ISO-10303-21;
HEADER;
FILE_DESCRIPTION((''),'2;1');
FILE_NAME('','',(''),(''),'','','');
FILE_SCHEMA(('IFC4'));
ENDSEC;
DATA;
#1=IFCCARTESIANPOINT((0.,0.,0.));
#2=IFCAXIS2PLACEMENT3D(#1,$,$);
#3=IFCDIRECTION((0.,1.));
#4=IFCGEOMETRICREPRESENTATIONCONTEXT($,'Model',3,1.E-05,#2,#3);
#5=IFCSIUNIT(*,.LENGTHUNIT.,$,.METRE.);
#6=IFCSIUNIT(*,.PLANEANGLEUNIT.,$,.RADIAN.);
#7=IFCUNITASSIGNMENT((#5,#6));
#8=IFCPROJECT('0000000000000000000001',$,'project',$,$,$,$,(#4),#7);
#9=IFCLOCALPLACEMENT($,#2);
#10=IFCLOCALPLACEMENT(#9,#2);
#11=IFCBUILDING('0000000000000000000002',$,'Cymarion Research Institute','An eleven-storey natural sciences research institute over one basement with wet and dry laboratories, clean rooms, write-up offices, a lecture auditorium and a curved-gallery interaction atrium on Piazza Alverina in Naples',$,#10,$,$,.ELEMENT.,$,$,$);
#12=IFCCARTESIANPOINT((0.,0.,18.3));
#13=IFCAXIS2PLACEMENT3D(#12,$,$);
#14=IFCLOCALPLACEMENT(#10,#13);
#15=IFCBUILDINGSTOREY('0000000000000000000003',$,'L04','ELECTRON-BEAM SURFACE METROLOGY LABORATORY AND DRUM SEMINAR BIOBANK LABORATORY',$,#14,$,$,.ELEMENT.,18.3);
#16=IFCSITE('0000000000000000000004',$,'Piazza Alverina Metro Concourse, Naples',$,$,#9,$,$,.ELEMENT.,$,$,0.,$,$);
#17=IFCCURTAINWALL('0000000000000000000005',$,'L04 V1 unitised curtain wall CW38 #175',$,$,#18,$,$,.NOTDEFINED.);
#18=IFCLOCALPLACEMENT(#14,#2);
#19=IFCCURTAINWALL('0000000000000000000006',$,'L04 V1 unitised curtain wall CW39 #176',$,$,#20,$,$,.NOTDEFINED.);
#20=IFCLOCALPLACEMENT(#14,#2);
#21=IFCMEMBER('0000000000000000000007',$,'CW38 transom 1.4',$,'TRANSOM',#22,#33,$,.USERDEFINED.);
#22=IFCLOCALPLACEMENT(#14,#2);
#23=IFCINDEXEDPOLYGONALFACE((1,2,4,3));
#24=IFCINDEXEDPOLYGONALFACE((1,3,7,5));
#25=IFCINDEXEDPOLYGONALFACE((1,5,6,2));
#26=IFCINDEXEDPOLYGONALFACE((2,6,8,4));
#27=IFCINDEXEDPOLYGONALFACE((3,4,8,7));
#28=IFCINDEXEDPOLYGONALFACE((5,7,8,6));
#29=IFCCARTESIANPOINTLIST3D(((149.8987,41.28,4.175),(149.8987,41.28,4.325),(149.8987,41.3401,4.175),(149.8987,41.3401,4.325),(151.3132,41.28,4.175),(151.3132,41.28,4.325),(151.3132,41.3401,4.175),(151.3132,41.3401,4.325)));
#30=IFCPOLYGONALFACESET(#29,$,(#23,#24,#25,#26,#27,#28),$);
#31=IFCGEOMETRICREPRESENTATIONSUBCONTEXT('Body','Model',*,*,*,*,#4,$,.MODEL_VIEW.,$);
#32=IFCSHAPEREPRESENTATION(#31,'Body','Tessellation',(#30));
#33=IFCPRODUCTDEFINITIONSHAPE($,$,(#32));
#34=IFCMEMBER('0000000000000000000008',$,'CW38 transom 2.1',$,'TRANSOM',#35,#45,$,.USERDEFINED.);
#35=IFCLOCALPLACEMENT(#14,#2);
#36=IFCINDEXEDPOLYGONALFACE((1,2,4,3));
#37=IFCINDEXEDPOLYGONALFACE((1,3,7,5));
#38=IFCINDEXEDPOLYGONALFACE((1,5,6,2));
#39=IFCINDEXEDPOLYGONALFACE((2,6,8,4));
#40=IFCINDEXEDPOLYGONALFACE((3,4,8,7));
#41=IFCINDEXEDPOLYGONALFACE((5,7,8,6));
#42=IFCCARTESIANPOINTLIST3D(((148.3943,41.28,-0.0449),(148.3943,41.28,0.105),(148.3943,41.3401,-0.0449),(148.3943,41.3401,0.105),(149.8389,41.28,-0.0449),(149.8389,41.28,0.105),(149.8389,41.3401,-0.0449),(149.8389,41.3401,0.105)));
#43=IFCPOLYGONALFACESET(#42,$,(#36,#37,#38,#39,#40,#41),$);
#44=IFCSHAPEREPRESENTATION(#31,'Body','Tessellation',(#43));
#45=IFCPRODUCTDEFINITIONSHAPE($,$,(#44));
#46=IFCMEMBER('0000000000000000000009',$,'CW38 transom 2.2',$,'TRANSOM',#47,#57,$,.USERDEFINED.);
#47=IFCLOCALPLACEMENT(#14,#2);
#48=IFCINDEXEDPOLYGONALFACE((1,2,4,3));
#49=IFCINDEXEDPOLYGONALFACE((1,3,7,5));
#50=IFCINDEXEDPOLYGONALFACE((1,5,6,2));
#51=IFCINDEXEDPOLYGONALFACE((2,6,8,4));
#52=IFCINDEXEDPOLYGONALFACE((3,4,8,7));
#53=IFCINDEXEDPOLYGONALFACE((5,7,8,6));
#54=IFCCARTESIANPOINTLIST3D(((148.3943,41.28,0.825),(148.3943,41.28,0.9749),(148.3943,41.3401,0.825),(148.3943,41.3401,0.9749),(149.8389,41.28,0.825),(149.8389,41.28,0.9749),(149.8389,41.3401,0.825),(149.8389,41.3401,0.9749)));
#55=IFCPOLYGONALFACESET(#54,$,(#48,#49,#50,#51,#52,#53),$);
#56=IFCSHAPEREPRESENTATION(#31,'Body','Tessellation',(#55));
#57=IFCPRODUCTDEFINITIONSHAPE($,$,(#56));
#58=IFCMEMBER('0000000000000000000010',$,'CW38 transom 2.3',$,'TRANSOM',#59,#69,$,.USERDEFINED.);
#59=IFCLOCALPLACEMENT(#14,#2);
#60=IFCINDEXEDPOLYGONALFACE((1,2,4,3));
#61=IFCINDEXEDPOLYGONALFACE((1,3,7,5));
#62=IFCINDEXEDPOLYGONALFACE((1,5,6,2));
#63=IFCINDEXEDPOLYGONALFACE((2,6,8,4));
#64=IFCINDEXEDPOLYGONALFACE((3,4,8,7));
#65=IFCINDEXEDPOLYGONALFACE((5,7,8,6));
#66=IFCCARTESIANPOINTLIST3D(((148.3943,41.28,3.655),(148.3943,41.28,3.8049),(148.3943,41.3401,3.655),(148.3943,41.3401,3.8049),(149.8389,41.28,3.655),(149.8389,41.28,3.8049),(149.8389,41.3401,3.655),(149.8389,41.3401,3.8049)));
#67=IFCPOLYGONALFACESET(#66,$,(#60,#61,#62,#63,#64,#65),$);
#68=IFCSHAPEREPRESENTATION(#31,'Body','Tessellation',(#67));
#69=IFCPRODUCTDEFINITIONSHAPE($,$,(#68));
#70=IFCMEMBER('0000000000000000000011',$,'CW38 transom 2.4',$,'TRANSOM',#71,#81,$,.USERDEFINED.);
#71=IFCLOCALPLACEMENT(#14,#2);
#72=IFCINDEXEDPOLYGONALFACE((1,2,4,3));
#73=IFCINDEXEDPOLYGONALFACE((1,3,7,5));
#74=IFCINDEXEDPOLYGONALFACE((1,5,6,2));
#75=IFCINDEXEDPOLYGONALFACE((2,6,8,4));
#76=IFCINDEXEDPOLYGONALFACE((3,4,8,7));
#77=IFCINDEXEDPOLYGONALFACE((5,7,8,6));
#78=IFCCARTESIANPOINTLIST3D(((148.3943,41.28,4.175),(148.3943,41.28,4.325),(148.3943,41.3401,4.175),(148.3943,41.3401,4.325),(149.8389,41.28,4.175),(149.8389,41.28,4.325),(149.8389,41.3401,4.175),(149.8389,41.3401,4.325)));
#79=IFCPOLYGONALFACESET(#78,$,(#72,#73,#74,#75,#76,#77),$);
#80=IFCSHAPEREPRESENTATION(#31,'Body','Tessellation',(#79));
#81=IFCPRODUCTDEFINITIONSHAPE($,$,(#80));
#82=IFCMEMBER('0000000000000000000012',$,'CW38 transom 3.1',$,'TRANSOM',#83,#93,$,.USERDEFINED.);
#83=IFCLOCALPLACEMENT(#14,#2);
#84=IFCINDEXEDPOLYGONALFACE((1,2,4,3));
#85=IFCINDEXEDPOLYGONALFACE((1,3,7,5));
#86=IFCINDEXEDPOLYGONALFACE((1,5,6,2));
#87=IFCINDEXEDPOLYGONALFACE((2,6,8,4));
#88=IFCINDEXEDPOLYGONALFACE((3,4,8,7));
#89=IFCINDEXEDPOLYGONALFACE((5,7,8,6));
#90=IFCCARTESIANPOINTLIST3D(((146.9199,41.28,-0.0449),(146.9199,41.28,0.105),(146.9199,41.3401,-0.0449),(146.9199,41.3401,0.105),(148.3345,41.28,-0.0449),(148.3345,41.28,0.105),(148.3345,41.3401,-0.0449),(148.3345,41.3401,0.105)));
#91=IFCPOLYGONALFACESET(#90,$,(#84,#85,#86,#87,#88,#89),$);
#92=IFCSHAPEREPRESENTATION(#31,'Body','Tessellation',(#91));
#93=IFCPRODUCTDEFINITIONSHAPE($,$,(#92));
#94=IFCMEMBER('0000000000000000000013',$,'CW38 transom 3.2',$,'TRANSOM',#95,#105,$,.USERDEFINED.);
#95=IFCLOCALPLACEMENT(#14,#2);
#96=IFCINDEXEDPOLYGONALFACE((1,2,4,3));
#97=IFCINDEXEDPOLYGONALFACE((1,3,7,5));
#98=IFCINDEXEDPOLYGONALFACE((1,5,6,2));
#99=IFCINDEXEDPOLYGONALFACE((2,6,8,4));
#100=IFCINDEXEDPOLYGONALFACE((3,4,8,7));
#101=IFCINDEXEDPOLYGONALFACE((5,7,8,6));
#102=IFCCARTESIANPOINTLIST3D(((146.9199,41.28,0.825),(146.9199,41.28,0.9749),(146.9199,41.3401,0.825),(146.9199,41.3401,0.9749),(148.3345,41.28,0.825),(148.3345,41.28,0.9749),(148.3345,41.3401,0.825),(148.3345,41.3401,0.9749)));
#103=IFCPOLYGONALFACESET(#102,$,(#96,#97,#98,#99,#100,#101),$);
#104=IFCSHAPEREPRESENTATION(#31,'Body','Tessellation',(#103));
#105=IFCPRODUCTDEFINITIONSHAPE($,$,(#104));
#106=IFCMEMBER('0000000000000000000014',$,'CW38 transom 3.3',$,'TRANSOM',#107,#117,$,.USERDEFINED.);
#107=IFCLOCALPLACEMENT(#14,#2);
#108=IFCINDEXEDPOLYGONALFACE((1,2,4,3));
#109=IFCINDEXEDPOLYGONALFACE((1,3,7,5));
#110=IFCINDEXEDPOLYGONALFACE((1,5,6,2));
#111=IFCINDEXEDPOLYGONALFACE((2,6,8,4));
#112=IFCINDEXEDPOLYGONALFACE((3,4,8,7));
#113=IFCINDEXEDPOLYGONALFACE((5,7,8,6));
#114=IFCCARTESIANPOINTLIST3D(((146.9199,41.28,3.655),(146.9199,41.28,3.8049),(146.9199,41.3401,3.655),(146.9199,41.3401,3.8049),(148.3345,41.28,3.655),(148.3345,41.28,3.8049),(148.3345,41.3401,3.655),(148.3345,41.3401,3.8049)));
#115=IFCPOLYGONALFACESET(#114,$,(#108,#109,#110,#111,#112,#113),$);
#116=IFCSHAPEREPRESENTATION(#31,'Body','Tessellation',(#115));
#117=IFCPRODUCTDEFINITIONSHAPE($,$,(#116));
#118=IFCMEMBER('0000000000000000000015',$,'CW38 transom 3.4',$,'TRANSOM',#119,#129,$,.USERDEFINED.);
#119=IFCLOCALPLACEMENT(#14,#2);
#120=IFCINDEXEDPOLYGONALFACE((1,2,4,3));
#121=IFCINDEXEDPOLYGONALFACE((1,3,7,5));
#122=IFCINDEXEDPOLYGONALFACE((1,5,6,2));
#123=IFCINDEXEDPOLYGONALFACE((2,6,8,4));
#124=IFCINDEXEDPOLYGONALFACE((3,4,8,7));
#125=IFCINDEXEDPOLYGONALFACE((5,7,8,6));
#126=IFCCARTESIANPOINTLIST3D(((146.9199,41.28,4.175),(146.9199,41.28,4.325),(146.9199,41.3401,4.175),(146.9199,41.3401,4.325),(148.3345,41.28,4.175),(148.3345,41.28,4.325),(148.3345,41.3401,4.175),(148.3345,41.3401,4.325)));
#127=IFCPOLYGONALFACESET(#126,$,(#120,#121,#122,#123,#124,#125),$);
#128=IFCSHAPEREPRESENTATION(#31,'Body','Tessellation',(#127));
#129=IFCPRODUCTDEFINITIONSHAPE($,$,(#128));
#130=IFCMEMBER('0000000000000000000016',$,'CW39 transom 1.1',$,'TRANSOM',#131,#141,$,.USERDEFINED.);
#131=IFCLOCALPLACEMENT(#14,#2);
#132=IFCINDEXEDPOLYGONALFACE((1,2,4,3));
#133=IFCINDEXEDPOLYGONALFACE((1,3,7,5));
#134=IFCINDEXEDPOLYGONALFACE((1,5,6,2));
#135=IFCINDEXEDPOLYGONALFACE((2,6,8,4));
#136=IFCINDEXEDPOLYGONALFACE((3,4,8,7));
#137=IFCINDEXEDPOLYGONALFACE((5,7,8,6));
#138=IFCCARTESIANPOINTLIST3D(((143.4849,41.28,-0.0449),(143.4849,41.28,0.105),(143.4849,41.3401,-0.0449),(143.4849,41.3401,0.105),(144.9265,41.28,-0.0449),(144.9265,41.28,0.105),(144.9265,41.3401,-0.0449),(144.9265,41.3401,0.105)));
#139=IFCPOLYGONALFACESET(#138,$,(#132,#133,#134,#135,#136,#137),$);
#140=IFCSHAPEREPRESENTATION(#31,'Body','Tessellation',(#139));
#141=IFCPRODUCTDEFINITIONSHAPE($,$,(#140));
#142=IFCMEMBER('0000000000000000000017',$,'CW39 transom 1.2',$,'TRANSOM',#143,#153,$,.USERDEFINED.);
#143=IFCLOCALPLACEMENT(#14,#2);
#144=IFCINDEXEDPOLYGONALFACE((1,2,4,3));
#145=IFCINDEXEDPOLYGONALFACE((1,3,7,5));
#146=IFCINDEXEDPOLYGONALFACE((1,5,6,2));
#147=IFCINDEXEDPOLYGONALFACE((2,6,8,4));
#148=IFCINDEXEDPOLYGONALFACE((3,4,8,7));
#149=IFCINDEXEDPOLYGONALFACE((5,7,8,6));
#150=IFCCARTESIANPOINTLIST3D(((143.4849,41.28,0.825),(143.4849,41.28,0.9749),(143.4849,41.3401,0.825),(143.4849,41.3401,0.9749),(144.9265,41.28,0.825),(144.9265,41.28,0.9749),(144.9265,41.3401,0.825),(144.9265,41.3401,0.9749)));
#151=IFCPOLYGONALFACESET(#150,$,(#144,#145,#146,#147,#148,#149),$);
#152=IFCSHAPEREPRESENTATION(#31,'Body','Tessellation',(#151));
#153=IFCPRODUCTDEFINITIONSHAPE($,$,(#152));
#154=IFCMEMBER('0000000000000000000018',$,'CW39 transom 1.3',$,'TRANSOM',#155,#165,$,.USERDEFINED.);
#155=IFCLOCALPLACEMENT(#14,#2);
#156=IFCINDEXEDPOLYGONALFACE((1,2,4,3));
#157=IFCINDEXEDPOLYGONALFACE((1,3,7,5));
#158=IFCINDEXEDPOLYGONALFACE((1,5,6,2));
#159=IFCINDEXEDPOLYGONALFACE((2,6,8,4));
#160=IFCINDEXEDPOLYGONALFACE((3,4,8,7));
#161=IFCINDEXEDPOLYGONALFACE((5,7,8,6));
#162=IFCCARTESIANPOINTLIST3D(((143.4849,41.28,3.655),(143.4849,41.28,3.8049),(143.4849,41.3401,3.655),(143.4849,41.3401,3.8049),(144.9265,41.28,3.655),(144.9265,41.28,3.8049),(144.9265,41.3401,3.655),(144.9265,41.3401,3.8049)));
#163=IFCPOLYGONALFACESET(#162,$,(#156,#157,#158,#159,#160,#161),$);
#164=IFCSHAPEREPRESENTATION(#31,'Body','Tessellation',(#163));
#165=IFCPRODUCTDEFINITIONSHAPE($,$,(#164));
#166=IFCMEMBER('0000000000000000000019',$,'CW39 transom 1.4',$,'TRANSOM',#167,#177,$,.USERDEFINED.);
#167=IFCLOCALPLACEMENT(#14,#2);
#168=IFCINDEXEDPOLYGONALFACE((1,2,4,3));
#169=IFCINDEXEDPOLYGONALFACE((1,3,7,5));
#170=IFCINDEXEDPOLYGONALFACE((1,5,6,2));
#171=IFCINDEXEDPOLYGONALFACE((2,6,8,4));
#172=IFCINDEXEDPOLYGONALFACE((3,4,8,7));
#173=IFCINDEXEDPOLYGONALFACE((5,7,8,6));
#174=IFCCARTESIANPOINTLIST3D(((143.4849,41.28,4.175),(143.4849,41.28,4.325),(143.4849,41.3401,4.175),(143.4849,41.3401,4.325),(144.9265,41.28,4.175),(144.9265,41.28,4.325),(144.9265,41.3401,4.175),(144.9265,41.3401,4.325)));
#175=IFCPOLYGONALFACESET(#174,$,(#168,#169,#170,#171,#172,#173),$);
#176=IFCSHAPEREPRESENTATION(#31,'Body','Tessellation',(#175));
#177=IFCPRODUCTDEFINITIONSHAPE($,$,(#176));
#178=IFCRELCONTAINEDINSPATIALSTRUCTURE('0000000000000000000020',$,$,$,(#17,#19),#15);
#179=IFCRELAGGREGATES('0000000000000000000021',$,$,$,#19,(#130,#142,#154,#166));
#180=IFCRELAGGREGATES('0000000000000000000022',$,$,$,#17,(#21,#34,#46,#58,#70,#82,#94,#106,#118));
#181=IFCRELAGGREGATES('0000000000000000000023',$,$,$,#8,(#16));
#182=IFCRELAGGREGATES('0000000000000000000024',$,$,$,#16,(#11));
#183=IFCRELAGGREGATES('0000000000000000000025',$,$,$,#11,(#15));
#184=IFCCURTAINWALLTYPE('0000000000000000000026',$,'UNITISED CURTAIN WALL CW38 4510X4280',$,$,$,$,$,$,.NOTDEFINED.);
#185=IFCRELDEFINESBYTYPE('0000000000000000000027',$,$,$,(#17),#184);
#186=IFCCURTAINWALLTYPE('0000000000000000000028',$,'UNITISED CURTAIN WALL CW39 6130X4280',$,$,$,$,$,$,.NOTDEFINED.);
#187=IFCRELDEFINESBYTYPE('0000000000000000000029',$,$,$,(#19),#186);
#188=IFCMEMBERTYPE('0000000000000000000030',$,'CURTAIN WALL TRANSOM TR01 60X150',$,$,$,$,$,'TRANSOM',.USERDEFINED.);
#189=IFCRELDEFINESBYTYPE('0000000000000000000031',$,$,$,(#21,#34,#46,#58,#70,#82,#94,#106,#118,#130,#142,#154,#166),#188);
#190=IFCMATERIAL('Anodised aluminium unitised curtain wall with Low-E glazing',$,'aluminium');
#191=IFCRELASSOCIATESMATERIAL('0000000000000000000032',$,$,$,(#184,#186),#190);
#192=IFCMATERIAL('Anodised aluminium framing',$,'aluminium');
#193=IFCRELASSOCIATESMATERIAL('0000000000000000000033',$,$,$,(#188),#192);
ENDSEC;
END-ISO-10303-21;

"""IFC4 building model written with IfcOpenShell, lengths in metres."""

from ifc_helpers import new_model, si_unit, direction, frame, origin, origin_2d, place, context, subcontext, project, spatial, rectangle, extrude, material, material_profile, profile_set, type_object, element, aggregate, save


model = new_model("IFC4")

# Units and contexts
model_context = context("Model", 3, precision=1e-05, world=origin(), true_north=direction((0.0, 1.0)))
body_context = subcontext(model_context, "Body", "Model", "MODEL_VIEW")
ifc_project = project(units=[si_unit("LENGTHUNIT", "METRE"), si_unit("PLANEANGLEUNIT", "RADIAN")], contexts=[model_context])

# Site, building, storey
site_placement = place(None, origin())
site = spatial("IfcSite", under=ifc_project, at=site_placement, Name="Piazza Alverina Metro Concourse, Naples", CompositionType="ELEMENT", RefElevation=0.0)
building_placement = place(site_placement, origin())
building = spatial("IfcBuilding", under=site, at=building_placement, Name="Cymarion Research Institute", Description="An eleven-storey natural sciences research institute over one basement with wet and dry laboratories, clean rooms, write-up offices, a lecture auditorium and a curved-gallery interaction atrium on Piazza Alverina in Naples", CompositionType="ELEMENT")
storey_placement = place(building_placement, frame((0.0, 0.0, 18.3)))
storey = spatial("IfcBuildingStorey", under=building, at=storey_placement, Name="L04", Description="ELECTRON-BEAM SURFACE METROLOGY LABORATORY AND DRUM SEMINAR BIOBANK LABORATORY", CompositionType="ELEMENT", Elevation=18.3)

# Curtain wall
ifc_material_1 = material(Name="Anodised aluminium unitised curtain wall with Low-E glazing", Category="aluminium")
curtain_wall_type_1 = type_object("IfcCurtainWallType", Name="UNITISED CURTAIN WALL CW38 4510X4280", PredefinedType="NOTDEFINED", material=ifc_material_1)
curtain_wall_1_placement = place(storey_placement, origin())
curtain_wall_1 = element("IfcCurtainWall", 1, at=curtain_wall_1_placement, inside=storey, type_object=curtain_wall_type_1, Name="L04 V1 unitised curtain wall CW38 #175", PredefinedType="NOTDEFINED")
ifc_material_2 = material(Name="Anodised aluminium framing", Category="aluminium")

# Curtain wall
curtain_wall_type_2 = type_object("IfcCurtainWallType", Name="UNITISED CURTAIN WALL CW39 6130X4280", PredefinedType="NOTDEFINED", material=ifc_material_1)
curtain_wall_2_placement = place(storey_placement, origin())
curtain_wall_2 = element("IfcCurtainWall", 2, at=curtain_wall_2_placement, inside=storey, type_object=curtain_wall_type_2, Name="L04 V1 unitised curtain wall CW39 #176", PredefinedType="NOTDEFINED")

# Members
ifc_material_profile_1 = material_profile(ifc_material_2, rectangle(XDim=0.0601, YDim=0.1499, at=origin_2d()), Name="ALU TRANSOM 60x150")
ifc_profile_set_1 = profile_set([ifc_material_profile_1], Name="Anodised aluminium framing")
member_type_1 = type_object("IfcMemberType", Name="CURTAIN WALL TRANSOM TR01 60X150", ElementType="TRANSOM", PredefinedType="USERDEFINED", material=ifc_profile_set_1)
member_1_placement = place(storey_placement, frame((151.3132, 41.3101, 4.25), z_axis=(-1.0, 0.0, 0.0), x_axis=(0.0, -1.0, 0.0)))
member_1 = element("IfcMember", 3, at=member_1_placement, type_object=member_type_1, Name="CW38 transom 1.4", ObjectType="TRANSOM", PredefinedType="USERDEFINED", context=body_context, shape_type="SweptSolid", body=[
    extrude(rectangle(XDim=0.0601, YDim=0.1499, at=origin_2d()), origin(), (0.0, 0.0, 1.0), 1.4146),
])
member_2_placement = place(storey_placement, frame((149.8389, 41.3101, 0.03), z_axis=(-1.0, 0.0, 0.0), x_axis=(0.0, -1.0, 0.0)))
member_2 = element("IfcMember", 4, at=member_2_placement, type_object=member_type_1, Name="CW38 transom 2.1", ObjectType="TRANSOM", PredefinedType="USERDEFINED", context=body_context, shape_type="SweptSolid", body=[
    extrude(rectangle(XDim=0.0601, YDim=0.1499, at=origin_2d()), origin(), (0.0, 0.0, 1.0), 1.4446),
])
member_3_placement = place(storey_placement, frame((149.8389, 41.3101, 0.8999), z_axis=(-1.0, 0.0, 0.0), x_axis=(0.0, -1.0, 0.0)))
member_3 = element("IfcMember", 5, at=member_3_placement, type_object=member_type_1, Name="CW38 transom 2.2", ObjectType="TRANSOM", PredefinedType="USERDEFINED", context=body_context, shape_type="SweptSolid", body=[
    extrude(rectangle(XDim=0.0601, YDim=0.1499, at=origin_2d()), origin(), (0.0, 0.0, 1.0), 1.4446),
])
member_4_placement = place(storey_placement, frame((149.8389, 41.3101, 3.73), z_axis=(-1.0, 0.0, 0.0), x_axis=(0.0, -1.0, 0.0)))
member_4 = element("IfcMember", 6, at=member_4_placement, type_object=member_type_1, Name="CW38 transom 2.3", ObjectType="TRANSOM", PredefinedType="USERDEFINED", context=body_context, shape_type="SweptSolid", body=[
    extrude(rectangle(XDim=0.0601, YDim=0.1499, at=origin_2d()), origin(), (0.0, 0.0, 1.0), 1.4446),
])
member_5_placement = place(storey_placement, frame((149.8389, 41.3101, 4.25), z_axis=(-1.0, 0.0, 0.0), x_axis=(0.0, -1.0, 0.0)))
member_5 = element("IfcMember", 7, at=member_5_placement, type_object=member_type_1, Name="CW38 transom 2.4", ObjectType="TRANSOM", PredefinedType="USERDEFINED", context=body_context, shape_type="SweptSolid", body=[
    extrude(rectangle(XDim=0.0601, YDim=0.1499, at=origin_2d()), origin(), (0.0, 0.0, 1.0), 1.4446),
])
member_6_placement = place(storey_placement, frame((148.3345, 41.3101, 0.03), z_axis=(-1.0, 0.0, 0.0), x_axis=(0.0, -1.0, 0.0)))
member_6 = element("IfcMember", 8, at=member_6_placement, type_object=member_type_1, Name="CW38 transom 3.1", ObjectType="TRANSOM", PredefinedType="USERDEFINED", context=body_context, shape_type="SweptSolid", body=[
    extrude(rectangle(XDim=0.0601, YDim=0.1499, at=origin_2d()), origin(), (0.0, 0.0, 1.0), 1.4146),
])
member_7_placement = place(storey_placement, frame((148.3345, 41.3101, 0.8999), z_axis=(-1.0, 0.0, 0.0), x_axis=(0.0, -1.0, 0.0)))
member_7 = element("IfcMember", 9, at=member_7_placement, type_object=member_type_1, Name="CW38 transom 3.2", ObjectType="TRANSOM", PredefinedType="USERDEFINED", context=body_context, shape_type="SweptSolid", body=[
    extrude(rectangle(XDim=0.0601, YDim=0.1499, at=origin_2d()), origin(), (0.0, 0.0, 1.0), 1.4146),
])
member_8_placement = place(storey_placement, frame((148.3345, 41.3101, 3.73), z_axis=(-1.0, 0.0, 0.0), x_axis=(0.0, -1.0, 0.0)))
member_8 = element("IfcMember", 10, at=member_8_placement, type_object=member_type_1, Name="CW38 transom 3.3", ObjectType="TRANSOM", PredefinedType="USERDEFINED", context=body_context, shape_type="SweptSolid", body=[
    extrude(rectangle(XDim=0.0601, YDim=0.1499, at=origin_2d()), origin(), (0.0, 0.0, 1.0), 1.4146),
])
member_9_placement = place(storey_placement, frame((148.3345, 41.3101, 4.25), z_axis=(-1.0, 0.0, 0.0), x_axis=(0.0, -1.0, 0.0)))
member_9 = element("IfcMember", 11, at=member_9_placement, type_object=member_type_1, Name="CW38 transom 3.4", ObjectType="TRANSOM", PredefinedType="USERDEFINED", context=body_context, shape_type="SweptSolid", body=[
    extrude(rectangle(XDim=0.0601, YDim=0.1499, at=origin_2d()), origin(), (0.0, 0.0, 1.0), 1.4146),
])
member_10_placement = place(storey_placement, frame((144.9265, 41.3101, 0.03), z_axis=(-1.0, 0.0, 0.0), x_axis=(0.0, -1.0, 0.0)))
member_10 = element("IfcMember", 12, at=member_10_placement, type_object=member_type_1, Name="CW39 transom 1.1", ObjectType="TRANSOM", PredefinedType="USERDEFINED", context=body_context, shape_type="SweptSolid", body=[
    extrude(rectangle(XDim=0.0601, YDim=0.1499, at=origin_2d()), origin(), (0.0, 0.0, 1.0), 1.4417),
])
member_11_placement = place(storey_placement, frame((144.9265, 41.3101, 0.8999), z_axis=(-1.0, 0.0, 0.0), x_axis=(0.0, -1.0, 0.0)))
member_11 = element("IfcMember", 13, at=member_11_placement, type_object=member_type_1, Name="CW39 transom 1.2", ObjectType="TRANSOM", PredefinedType="USERDEFINED", context=body_context, shape_type="SweptSolid", body=[
    extrude(rectangle(XDim=0.0601, YDim=0.1499, at=origin_2d()), origin(), (0.0, 0.0, 1.0), 1.4417),
])
member_12_placement = place(storey_placement, frame((144.9265, 41.3101, 3.73), z_axis=(-1.0, 0.0, 0.0), x_axis=(0.0, -1.0, 0.0)))
member_12 = element("IfcMember", 14, at=member_12_placement, type_object=member_type_1, Name="CW39 transom 1.3", ObjectType="TRANSOM", PredefinedType="USERDEFINED", context=body_context, shape_type="SweptSolid", body=[
    extrude(rectangle(XDim=0.0601, YDim=0.1499, at=origin_2d()), origin(), (0.0, 0.0, 1.0), 1.4417),
])
member_13_placement = place(storey_placement, frame((144.9265, 41.3101, 4.25), z_axis=(-1.0, 0.0, 0.0), x_axis=(0.0, -1.0, 0.0)))
member_13 = element("IfcMember", 15, at=member_13_placement, type_object=member_type_1, Name="CW39 transom 1.4", ObjectType="TRANSOM", PredefinedType="USERDEFINED", context=body_context, shape_type="SweptSolid", body=[
    extrude(rectangle(XDim=0.0601, YDim=0.1499, at=origin_2d()), origin(), (0.0, 0.0, 1.0), 1.4417),
])
aggregate(curtain_wall_2, [member_10, member_11, member_12, member_13])

aggregate(curtain_wall_1, [member_1, member_2, member_3, member_4, member_5, member_6, member_7, member_8, member_9])

save(model, "model.ifc")
